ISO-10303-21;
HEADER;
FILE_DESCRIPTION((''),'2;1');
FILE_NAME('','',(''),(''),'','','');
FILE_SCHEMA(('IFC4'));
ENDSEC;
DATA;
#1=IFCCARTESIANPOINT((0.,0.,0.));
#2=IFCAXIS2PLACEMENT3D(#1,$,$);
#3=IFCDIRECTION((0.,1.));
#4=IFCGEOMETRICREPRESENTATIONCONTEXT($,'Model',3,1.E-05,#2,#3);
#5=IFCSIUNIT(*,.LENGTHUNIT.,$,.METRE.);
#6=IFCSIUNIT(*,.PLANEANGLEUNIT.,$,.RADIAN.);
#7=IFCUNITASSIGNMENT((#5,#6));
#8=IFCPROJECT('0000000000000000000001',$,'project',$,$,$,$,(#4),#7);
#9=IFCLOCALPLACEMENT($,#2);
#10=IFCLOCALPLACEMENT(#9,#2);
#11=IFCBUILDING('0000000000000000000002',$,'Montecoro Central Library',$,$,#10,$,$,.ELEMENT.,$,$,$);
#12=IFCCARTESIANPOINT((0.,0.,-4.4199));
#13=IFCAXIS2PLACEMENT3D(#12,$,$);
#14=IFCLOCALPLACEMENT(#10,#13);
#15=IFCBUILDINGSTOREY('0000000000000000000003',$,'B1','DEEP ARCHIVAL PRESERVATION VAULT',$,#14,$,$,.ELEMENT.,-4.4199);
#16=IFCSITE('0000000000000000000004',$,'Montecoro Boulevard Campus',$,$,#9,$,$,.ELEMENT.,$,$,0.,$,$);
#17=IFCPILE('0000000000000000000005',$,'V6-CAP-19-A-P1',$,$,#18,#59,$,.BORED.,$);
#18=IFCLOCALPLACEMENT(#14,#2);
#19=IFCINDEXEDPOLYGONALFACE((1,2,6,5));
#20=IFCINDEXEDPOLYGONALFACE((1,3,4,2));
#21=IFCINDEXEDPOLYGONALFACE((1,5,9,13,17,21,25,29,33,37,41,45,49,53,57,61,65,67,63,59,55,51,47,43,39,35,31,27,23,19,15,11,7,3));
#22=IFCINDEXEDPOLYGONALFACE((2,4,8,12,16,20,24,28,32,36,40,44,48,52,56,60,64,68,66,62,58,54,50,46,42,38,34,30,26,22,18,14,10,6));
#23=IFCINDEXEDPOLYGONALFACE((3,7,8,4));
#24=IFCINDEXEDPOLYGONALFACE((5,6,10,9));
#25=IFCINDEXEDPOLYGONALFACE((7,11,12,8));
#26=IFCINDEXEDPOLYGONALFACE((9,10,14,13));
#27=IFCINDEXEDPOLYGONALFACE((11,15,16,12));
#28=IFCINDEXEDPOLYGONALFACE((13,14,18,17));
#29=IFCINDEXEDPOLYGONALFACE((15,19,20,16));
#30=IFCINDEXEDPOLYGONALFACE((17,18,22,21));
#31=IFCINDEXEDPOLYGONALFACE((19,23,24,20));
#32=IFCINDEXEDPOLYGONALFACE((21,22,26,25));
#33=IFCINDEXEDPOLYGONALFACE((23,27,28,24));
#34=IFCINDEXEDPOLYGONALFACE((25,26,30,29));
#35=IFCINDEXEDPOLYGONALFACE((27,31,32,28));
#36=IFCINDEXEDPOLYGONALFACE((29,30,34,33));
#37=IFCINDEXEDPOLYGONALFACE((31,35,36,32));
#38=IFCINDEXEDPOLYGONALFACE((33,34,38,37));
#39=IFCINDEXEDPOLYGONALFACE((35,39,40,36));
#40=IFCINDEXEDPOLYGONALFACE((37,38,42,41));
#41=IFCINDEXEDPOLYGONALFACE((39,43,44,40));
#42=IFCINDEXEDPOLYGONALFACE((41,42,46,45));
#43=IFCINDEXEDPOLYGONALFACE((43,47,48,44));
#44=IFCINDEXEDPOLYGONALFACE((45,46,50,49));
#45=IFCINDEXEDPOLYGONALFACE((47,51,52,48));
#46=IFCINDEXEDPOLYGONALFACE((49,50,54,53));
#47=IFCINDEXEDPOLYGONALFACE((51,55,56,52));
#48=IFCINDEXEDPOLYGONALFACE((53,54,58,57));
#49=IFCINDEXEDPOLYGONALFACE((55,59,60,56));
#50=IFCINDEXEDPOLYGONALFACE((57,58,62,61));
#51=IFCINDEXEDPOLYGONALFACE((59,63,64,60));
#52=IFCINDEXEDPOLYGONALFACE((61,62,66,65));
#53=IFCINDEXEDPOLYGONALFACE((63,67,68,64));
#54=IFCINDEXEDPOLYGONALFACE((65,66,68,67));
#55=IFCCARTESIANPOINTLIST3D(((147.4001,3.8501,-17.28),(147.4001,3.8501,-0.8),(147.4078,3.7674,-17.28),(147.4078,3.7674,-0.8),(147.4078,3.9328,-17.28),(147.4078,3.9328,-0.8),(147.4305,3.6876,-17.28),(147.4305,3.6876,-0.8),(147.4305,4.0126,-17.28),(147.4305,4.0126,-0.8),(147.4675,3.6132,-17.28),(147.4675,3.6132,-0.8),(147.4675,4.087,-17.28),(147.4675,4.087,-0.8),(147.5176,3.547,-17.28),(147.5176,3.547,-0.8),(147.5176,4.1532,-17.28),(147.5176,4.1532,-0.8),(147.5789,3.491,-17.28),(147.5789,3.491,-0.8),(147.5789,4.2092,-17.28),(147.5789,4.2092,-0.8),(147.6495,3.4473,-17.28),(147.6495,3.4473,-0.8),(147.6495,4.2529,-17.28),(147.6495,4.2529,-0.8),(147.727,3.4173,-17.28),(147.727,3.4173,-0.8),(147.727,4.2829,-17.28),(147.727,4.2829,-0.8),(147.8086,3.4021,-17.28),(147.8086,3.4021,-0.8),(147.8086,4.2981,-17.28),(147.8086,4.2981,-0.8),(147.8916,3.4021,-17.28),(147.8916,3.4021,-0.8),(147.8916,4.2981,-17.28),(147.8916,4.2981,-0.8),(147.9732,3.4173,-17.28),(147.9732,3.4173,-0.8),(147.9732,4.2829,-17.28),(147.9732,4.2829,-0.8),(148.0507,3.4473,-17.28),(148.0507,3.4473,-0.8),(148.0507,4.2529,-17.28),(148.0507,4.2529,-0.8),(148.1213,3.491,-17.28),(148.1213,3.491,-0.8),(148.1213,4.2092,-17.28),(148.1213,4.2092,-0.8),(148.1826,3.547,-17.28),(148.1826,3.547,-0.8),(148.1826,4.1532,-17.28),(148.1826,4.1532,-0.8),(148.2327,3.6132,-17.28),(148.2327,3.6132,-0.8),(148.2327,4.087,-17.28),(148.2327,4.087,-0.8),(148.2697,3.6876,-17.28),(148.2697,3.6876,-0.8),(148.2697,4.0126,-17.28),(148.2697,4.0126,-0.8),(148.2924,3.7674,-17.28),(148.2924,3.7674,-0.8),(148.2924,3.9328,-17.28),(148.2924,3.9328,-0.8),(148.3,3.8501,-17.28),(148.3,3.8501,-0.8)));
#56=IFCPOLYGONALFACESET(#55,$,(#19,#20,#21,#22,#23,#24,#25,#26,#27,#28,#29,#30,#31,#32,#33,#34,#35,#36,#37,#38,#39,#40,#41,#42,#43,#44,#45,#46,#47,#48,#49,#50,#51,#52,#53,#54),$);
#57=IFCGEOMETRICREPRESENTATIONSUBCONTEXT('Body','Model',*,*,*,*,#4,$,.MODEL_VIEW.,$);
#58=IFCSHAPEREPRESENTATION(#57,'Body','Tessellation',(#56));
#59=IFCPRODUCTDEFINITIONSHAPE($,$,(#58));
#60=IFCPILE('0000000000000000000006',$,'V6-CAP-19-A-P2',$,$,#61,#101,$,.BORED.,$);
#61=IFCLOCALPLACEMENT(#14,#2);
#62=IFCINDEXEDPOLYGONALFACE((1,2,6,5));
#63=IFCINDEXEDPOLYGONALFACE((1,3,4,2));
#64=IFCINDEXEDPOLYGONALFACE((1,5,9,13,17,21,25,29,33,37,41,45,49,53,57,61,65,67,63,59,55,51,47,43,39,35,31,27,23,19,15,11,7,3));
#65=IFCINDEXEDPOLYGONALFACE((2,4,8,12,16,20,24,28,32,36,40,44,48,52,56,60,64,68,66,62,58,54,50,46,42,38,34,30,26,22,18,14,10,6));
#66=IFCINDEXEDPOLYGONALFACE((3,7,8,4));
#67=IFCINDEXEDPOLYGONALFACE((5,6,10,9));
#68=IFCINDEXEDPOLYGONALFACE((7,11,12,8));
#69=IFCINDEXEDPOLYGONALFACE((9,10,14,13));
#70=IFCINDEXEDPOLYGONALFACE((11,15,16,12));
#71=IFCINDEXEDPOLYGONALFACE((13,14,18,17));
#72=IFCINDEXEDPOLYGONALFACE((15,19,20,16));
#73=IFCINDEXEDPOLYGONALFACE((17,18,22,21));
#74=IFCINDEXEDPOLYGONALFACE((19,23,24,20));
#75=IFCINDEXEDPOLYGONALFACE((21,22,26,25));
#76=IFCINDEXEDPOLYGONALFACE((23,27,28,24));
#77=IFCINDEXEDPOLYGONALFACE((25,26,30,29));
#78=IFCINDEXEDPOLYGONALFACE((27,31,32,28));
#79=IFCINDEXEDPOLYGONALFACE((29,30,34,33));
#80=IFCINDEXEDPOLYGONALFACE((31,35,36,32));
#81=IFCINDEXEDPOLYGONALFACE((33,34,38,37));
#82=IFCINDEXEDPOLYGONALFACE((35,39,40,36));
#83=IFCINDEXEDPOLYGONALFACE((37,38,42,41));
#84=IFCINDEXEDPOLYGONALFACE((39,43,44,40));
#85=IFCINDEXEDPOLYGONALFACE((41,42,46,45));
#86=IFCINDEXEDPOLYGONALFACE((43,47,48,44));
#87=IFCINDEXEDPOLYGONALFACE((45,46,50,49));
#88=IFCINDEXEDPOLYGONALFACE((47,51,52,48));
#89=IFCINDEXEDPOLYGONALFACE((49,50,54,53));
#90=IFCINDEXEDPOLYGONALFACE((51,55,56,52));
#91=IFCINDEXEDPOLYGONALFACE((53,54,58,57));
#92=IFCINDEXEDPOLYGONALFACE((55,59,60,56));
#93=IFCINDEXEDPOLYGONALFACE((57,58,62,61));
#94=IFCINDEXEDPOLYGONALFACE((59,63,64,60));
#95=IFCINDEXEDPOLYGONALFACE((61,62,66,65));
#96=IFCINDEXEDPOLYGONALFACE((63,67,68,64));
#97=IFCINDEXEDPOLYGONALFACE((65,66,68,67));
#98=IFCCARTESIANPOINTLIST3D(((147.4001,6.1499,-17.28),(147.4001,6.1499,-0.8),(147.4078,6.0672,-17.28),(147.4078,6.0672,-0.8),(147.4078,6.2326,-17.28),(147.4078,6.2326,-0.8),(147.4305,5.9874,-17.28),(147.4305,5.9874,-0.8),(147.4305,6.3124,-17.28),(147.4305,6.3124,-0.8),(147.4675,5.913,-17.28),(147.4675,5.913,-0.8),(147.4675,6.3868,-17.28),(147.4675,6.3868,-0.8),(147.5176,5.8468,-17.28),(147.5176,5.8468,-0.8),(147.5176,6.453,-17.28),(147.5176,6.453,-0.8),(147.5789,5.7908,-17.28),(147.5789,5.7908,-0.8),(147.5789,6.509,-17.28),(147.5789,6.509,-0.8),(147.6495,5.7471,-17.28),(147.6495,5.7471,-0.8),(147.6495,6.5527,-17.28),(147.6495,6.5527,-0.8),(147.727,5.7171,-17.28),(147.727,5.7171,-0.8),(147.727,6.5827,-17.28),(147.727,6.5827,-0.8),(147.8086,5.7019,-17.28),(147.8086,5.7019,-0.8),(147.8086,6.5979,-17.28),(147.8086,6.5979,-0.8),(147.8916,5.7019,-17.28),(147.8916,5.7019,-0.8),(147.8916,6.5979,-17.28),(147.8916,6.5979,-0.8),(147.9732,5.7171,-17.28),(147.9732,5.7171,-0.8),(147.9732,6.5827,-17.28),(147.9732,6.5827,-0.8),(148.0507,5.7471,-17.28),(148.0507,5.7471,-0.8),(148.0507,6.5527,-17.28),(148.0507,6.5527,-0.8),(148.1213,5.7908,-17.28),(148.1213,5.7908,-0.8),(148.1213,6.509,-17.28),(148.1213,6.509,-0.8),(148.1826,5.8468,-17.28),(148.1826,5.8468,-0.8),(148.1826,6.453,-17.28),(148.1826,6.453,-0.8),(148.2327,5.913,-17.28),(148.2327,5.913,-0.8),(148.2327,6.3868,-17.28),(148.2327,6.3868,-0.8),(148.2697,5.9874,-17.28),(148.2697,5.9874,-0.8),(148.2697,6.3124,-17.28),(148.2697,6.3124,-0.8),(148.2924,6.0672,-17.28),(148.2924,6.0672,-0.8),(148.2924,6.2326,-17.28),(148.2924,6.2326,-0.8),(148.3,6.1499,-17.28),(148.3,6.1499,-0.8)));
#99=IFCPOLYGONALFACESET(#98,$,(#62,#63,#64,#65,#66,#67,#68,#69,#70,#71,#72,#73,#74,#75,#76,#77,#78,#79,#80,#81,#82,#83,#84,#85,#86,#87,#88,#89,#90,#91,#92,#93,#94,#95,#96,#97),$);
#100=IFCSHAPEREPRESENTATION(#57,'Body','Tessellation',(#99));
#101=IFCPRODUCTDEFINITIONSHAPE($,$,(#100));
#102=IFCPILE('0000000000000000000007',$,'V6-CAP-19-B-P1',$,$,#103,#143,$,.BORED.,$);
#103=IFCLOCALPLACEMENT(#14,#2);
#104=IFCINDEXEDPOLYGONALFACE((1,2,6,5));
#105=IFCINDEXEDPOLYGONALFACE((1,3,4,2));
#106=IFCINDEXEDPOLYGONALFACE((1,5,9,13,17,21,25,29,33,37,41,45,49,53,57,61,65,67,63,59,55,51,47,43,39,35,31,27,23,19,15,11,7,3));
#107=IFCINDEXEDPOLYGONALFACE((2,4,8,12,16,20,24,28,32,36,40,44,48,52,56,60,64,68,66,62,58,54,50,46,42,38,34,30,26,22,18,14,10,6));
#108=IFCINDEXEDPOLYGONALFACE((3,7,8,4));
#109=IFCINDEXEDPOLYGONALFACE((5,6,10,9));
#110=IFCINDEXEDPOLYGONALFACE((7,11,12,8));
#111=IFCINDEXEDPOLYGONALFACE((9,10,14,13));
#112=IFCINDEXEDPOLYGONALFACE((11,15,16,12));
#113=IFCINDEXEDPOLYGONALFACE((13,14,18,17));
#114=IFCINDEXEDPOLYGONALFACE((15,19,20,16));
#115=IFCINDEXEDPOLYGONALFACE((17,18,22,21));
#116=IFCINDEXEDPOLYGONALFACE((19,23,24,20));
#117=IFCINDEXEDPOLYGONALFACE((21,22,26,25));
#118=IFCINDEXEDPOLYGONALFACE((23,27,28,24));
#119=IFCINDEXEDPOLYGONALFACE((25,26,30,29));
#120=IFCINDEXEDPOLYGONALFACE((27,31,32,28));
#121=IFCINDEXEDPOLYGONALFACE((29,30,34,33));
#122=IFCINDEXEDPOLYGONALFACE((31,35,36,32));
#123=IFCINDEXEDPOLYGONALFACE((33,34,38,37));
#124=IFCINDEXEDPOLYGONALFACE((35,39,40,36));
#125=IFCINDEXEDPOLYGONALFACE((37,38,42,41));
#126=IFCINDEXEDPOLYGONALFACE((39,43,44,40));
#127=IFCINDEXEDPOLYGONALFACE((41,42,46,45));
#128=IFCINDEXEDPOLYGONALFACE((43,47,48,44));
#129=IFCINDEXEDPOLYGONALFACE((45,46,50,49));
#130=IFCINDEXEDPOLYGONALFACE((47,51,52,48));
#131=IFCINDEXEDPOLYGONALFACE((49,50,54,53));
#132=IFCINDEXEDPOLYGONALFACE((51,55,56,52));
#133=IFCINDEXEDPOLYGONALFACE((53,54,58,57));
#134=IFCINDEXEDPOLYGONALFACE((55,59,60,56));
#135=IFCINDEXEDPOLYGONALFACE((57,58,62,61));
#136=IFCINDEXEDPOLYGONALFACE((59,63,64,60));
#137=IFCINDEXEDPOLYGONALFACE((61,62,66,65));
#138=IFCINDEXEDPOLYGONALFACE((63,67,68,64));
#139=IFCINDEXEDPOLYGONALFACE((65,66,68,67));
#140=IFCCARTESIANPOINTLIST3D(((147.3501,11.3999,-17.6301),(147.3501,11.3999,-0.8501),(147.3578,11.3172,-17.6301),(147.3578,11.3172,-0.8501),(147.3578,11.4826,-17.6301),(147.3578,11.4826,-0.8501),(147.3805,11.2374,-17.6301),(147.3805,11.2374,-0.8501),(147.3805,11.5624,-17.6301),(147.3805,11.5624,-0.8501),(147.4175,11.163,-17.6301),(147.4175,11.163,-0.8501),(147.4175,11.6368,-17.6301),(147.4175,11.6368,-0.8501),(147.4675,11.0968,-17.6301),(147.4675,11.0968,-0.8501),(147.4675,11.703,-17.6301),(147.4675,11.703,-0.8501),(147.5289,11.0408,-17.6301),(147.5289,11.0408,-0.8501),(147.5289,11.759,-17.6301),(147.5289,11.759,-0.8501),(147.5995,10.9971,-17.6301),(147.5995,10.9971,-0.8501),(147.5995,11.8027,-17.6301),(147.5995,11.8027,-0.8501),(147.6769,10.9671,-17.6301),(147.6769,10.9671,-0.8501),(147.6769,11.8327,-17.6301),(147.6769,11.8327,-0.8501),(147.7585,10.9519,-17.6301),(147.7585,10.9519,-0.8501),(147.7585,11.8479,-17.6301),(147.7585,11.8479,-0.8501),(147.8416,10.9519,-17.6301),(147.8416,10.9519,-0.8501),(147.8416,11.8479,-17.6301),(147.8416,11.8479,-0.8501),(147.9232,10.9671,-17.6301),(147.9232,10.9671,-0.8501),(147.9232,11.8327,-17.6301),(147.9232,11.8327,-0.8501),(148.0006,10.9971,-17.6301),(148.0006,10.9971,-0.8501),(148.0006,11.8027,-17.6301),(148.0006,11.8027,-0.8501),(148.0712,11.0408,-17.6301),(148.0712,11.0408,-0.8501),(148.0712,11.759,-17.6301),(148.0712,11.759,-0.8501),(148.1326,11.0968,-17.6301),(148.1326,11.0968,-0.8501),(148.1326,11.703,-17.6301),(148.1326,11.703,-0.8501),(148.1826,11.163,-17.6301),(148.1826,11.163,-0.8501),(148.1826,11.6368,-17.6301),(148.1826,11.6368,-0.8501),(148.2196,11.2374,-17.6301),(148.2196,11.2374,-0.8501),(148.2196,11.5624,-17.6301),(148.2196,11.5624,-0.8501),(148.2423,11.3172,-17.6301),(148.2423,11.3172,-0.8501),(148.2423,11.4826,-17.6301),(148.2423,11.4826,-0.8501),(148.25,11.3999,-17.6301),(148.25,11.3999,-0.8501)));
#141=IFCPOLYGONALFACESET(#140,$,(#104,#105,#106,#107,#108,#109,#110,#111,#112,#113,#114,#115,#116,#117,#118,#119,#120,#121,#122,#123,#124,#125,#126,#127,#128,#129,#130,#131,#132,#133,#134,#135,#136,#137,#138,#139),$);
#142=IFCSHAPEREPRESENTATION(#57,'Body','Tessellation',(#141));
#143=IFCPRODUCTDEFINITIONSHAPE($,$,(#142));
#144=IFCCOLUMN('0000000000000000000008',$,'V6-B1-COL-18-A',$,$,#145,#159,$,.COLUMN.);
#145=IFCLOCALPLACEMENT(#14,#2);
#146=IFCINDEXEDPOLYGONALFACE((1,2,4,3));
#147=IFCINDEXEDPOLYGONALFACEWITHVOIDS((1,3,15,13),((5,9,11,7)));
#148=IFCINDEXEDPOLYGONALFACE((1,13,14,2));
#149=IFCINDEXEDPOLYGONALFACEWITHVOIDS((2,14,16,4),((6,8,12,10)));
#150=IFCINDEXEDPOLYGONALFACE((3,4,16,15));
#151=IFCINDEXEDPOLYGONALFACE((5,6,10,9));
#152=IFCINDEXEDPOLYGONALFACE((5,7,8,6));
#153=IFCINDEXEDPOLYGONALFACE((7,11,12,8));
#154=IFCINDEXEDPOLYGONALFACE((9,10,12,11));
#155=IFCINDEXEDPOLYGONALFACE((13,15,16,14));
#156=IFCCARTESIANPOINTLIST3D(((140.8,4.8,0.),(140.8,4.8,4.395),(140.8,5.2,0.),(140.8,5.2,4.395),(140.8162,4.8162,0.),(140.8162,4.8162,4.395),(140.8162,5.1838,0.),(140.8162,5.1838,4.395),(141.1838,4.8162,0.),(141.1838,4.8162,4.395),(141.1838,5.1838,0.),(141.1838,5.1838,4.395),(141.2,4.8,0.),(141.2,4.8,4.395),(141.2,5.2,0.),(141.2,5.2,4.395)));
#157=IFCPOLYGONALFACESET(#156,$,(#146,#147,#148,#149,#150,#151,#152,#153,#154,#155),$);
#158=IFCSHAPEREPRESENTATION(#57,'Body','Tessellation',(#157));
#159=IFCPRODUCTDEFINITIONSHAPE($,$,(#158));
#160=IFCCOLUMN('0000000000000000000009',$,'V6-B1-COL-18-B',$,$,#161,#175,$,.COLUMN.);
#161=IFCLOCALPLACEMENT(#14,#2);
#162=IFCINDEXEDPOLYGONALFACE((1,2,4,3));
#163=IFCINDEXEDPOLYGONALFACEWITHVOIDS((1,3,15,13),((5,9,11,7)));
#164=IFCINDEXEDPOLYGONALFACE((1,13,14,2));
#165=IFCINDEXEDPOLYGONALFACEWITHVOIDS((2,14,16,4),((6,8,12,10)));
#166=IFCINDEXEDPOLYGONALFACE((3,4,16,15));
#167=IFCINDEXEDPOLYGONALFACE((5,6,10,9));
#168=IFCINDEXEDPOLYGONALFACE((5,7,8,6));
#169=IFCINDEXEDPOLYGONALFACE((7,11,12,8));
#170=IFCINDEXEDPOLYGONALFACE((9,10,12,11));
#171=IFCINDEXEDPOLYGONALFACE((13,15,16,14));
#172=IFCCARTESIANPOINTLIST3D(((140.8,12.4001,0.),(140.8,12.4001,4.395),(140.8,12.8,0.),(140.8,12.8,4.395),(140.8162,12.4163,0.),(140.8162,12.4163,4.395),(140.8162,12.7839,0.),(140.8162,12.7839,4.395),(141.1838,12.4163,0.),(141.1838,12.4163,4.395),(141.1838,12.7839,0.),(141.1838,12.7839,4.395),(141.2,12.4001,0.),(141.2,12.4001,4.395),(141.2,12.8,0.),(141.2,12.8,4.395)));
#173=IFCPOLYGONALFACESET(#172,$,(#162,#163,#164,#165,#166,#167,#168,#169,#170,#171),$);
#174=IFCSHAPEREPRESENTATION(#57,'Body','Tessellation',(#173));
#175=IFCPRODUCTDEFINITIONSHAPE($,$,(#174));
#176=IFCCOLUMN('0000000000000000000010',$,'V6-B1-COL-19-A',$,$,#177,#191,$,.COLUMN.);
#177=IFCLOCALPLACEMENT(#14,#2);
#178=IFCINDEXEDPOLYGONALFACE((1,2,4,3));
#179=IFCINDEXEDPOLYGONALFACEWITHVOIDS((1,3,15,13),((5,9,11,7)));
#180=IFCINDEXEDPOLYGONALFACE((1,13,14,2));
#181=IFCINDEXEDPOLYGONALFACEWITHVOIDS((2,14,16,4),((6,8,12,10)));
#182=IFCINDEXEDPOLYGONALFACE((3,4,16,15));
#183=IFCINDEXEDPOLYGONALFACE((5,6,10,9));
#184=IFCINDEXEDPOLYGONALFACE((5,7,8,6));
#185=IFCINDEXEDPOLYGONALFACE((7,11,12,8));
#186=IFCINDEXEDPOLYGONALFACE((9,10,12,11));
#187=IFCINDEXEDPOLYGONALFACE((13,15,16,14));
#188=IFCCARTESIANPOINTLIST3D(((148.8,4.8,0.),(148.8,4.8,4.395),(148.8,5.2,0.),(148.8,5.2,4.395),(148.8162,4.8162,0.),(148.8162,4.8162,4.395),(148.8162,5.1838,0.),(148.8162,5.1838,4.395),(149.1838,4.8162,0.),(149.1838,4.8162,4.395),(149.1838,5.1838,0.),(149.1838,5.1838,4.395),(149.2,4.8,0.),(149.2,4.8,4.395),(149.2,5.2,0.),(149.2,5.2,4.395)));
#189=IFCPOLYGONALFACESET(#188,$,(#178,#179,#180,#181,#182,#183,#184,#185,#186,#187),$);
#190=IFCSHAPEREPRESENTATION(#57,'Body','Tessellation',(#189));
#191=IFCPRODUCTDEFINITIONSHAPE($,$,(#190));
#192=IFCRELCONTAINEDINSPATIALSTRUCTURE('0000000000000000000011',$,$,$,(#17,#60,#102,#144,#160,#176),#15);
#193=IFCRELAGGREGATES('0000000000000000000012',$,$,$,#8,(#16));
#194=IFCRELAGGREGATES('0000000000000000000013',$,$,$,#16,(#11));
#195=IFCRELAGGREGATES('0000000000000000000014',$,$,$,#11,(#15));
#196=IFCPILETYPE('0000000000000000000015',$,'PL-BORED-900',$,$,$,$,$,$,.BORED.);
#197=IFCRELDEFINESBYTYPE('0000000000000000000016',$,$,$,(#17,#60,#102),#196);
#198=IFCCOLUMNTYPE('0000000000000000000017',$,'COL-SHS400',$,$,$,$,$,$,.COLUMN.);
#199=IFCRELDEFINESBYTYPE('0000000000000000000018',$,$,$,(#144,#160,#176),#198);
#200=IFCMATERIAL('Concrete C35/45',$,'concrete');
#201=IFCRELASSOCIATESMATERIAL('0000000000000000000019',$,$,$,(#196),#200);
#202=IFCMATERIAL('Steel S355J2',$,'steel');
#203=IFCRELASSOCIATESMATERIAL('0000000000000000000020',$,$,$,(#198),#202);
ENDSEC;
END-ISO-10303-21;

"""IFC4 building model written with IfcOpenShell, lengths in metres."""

from ifc_helpers import new_model, si_unit, direction, frame, origin, origin_2d, place, context, subcontext, project, spatial, hollow_rectangle, circle, extrude, material, material_profile, profile_set, type_object, element, save


model = new_model("IFC4")

# Units and contexts
model_context = context("Model", 3, precision=1e-05, world=origin(), true_north=direction((0.0, 1.0)))
body_context = subcontext(model_context, "Body", "Model", "MODEL_VIEW")
ifc_project = project(units=[si_unit("LENGTHUNIT", "METRE"), si_unit("PLANEANGLEUNIT", "RADIAN")], contexts=[model_context])

# Site, building, storey
site_placement = place(None, origin())
site = spatial("IfcSite", under=ifc_project, at=site_placement, Name="Montecoro Boulevard Campus", CompositionType="ELEMENT", RefElevation=0.0)
building_placement = place(site_placement, origin())
building = spatial("IfcBuilding", under=site, at=building_placement, Name="Montecoro Central Library", CompositionType="ELEMENT")
storey_placement = place(building_placement, frame((0.0, 0.0, -4.4199)))
storey = spatial("IfcBuildingStorey", under=building, at=storey_placement, Name="B1", Description="DEEP ARCHIVAL PRESERVATION VAULT", CompositionType="ELEMENT", Elevation=-4.4199)

# Shared definitions
ifc_material_1 = material(Name="Concrete C35/45", Category="concrete")

# Piles
ifc_material_profile_1 = material_profile(ifc_material_1, circle(Radius=0.45, at=origin_2d()), Name="PILE D900")
ifc_profile_set_1 = profile_set([ifc_material_profile_1], Name="Concrete C35/45")
pile_type_1 = type_object("IfcPileType", Name="PL-BORED-900", PredefinedType="BORED", material=ifc_profile_set_1)
for number, where, z_axis, x_axis, name in (
    (1, (147.8501, 3.8501, -0.8), (0.0, 0.0, -1.0), (1.0, 0.0, 0.0), "V6-CAP-19-A-P1"),
    (2, (147.8501, 6.1499, -0.8), (0.0, 0.0, -1.0), (1.0, 0.0, 0.0), "V6-CAP-19-A-P2"),
):
    element("IfcPile", number, at=place(storey_placement, frame(where, z_axis=z_axis, x_axis=x_axis)), inside=storey, type_object=pile_type_1, Name=name, PredefinedType="BORED", context=body_context, shape_type="SweptSolid", body=[
        extrude(circle(Radius=0.45, at=origin_2d()), origin(), (0.0, 0.0, 1.0), 16.48),
    ])
pile_placement = place(storey_placement, frame((147.8, 11.3999, -0.8501), z_axis=(0.0, 0.0, -1.0), x_axis=(1.0, 0.0, 0.0)))
element("IfcPile", 3, at=pile_placement, inside=storey, type_object=pile_type_1, Name="V6-CAP-19-B-P1", PredefinedType="BORED", context=body_context, shape_type="SweptSolid", body=[
    extrude(circle(Radius=0.45, at=origin_2d()), origin(), (0.0, 0.0, 1.0), 16.78),
])

# Columns
ifc_material_2 = material(Name="Steel S355J2", Category="steel")
ifc_material_profile_2 = material_profile(ifc_material_2, hollow_rectangle(XDim=0.3999, YDim=0.3999, WallThickness=0.0161, at=origin_2d()), Name="SHS 400x400x16.0")
ifc_profile_set_2 = profile_set([ifc_material_profile_2], Name="Steel S355J2")
column_type = type_object("IfcColumnType", Name="COL-SHS400", PredefinedType="COLUMN", material=ifc_profile_set_2)
for number, where, z_axis, x_axis, name in (
    (4, (141.0, 5.0, 0.0), (0.0, 0.0, 1.0), (1.0, 0.0, 0.0), "V6-B1-COL-18-A"),
    (5, (141.0, 12.6001, 0.0), (0.0, 0.0, 1.0), (1.0, 0.0, 0.0), "V6-B1-COL-18-B"),
    (6, (149.0, 5.0, 0.0), (0.0, 0.0, 1.0), (1.0, 0.0, 0.0), "V6-B1-COL-19-A"),
):
    element("IfcColumn", number, at=place(storey_placement, frame(where, z_axis=z_axis, x_axis=x_axis)), inside=storey, type_object=column_type, Name=name, PredefinedType="COLUMN", context=body_context, shape_type="SweptSolid", body=[
        extrude(hollow_rectangle(XDim=0.3999, YDim=0.3999, WallThickness=0.0161, at=origin_2d()), origin(), (0.0, 0.0, 1.0), 4.395),
    ])

save(model, "model.ifc")
